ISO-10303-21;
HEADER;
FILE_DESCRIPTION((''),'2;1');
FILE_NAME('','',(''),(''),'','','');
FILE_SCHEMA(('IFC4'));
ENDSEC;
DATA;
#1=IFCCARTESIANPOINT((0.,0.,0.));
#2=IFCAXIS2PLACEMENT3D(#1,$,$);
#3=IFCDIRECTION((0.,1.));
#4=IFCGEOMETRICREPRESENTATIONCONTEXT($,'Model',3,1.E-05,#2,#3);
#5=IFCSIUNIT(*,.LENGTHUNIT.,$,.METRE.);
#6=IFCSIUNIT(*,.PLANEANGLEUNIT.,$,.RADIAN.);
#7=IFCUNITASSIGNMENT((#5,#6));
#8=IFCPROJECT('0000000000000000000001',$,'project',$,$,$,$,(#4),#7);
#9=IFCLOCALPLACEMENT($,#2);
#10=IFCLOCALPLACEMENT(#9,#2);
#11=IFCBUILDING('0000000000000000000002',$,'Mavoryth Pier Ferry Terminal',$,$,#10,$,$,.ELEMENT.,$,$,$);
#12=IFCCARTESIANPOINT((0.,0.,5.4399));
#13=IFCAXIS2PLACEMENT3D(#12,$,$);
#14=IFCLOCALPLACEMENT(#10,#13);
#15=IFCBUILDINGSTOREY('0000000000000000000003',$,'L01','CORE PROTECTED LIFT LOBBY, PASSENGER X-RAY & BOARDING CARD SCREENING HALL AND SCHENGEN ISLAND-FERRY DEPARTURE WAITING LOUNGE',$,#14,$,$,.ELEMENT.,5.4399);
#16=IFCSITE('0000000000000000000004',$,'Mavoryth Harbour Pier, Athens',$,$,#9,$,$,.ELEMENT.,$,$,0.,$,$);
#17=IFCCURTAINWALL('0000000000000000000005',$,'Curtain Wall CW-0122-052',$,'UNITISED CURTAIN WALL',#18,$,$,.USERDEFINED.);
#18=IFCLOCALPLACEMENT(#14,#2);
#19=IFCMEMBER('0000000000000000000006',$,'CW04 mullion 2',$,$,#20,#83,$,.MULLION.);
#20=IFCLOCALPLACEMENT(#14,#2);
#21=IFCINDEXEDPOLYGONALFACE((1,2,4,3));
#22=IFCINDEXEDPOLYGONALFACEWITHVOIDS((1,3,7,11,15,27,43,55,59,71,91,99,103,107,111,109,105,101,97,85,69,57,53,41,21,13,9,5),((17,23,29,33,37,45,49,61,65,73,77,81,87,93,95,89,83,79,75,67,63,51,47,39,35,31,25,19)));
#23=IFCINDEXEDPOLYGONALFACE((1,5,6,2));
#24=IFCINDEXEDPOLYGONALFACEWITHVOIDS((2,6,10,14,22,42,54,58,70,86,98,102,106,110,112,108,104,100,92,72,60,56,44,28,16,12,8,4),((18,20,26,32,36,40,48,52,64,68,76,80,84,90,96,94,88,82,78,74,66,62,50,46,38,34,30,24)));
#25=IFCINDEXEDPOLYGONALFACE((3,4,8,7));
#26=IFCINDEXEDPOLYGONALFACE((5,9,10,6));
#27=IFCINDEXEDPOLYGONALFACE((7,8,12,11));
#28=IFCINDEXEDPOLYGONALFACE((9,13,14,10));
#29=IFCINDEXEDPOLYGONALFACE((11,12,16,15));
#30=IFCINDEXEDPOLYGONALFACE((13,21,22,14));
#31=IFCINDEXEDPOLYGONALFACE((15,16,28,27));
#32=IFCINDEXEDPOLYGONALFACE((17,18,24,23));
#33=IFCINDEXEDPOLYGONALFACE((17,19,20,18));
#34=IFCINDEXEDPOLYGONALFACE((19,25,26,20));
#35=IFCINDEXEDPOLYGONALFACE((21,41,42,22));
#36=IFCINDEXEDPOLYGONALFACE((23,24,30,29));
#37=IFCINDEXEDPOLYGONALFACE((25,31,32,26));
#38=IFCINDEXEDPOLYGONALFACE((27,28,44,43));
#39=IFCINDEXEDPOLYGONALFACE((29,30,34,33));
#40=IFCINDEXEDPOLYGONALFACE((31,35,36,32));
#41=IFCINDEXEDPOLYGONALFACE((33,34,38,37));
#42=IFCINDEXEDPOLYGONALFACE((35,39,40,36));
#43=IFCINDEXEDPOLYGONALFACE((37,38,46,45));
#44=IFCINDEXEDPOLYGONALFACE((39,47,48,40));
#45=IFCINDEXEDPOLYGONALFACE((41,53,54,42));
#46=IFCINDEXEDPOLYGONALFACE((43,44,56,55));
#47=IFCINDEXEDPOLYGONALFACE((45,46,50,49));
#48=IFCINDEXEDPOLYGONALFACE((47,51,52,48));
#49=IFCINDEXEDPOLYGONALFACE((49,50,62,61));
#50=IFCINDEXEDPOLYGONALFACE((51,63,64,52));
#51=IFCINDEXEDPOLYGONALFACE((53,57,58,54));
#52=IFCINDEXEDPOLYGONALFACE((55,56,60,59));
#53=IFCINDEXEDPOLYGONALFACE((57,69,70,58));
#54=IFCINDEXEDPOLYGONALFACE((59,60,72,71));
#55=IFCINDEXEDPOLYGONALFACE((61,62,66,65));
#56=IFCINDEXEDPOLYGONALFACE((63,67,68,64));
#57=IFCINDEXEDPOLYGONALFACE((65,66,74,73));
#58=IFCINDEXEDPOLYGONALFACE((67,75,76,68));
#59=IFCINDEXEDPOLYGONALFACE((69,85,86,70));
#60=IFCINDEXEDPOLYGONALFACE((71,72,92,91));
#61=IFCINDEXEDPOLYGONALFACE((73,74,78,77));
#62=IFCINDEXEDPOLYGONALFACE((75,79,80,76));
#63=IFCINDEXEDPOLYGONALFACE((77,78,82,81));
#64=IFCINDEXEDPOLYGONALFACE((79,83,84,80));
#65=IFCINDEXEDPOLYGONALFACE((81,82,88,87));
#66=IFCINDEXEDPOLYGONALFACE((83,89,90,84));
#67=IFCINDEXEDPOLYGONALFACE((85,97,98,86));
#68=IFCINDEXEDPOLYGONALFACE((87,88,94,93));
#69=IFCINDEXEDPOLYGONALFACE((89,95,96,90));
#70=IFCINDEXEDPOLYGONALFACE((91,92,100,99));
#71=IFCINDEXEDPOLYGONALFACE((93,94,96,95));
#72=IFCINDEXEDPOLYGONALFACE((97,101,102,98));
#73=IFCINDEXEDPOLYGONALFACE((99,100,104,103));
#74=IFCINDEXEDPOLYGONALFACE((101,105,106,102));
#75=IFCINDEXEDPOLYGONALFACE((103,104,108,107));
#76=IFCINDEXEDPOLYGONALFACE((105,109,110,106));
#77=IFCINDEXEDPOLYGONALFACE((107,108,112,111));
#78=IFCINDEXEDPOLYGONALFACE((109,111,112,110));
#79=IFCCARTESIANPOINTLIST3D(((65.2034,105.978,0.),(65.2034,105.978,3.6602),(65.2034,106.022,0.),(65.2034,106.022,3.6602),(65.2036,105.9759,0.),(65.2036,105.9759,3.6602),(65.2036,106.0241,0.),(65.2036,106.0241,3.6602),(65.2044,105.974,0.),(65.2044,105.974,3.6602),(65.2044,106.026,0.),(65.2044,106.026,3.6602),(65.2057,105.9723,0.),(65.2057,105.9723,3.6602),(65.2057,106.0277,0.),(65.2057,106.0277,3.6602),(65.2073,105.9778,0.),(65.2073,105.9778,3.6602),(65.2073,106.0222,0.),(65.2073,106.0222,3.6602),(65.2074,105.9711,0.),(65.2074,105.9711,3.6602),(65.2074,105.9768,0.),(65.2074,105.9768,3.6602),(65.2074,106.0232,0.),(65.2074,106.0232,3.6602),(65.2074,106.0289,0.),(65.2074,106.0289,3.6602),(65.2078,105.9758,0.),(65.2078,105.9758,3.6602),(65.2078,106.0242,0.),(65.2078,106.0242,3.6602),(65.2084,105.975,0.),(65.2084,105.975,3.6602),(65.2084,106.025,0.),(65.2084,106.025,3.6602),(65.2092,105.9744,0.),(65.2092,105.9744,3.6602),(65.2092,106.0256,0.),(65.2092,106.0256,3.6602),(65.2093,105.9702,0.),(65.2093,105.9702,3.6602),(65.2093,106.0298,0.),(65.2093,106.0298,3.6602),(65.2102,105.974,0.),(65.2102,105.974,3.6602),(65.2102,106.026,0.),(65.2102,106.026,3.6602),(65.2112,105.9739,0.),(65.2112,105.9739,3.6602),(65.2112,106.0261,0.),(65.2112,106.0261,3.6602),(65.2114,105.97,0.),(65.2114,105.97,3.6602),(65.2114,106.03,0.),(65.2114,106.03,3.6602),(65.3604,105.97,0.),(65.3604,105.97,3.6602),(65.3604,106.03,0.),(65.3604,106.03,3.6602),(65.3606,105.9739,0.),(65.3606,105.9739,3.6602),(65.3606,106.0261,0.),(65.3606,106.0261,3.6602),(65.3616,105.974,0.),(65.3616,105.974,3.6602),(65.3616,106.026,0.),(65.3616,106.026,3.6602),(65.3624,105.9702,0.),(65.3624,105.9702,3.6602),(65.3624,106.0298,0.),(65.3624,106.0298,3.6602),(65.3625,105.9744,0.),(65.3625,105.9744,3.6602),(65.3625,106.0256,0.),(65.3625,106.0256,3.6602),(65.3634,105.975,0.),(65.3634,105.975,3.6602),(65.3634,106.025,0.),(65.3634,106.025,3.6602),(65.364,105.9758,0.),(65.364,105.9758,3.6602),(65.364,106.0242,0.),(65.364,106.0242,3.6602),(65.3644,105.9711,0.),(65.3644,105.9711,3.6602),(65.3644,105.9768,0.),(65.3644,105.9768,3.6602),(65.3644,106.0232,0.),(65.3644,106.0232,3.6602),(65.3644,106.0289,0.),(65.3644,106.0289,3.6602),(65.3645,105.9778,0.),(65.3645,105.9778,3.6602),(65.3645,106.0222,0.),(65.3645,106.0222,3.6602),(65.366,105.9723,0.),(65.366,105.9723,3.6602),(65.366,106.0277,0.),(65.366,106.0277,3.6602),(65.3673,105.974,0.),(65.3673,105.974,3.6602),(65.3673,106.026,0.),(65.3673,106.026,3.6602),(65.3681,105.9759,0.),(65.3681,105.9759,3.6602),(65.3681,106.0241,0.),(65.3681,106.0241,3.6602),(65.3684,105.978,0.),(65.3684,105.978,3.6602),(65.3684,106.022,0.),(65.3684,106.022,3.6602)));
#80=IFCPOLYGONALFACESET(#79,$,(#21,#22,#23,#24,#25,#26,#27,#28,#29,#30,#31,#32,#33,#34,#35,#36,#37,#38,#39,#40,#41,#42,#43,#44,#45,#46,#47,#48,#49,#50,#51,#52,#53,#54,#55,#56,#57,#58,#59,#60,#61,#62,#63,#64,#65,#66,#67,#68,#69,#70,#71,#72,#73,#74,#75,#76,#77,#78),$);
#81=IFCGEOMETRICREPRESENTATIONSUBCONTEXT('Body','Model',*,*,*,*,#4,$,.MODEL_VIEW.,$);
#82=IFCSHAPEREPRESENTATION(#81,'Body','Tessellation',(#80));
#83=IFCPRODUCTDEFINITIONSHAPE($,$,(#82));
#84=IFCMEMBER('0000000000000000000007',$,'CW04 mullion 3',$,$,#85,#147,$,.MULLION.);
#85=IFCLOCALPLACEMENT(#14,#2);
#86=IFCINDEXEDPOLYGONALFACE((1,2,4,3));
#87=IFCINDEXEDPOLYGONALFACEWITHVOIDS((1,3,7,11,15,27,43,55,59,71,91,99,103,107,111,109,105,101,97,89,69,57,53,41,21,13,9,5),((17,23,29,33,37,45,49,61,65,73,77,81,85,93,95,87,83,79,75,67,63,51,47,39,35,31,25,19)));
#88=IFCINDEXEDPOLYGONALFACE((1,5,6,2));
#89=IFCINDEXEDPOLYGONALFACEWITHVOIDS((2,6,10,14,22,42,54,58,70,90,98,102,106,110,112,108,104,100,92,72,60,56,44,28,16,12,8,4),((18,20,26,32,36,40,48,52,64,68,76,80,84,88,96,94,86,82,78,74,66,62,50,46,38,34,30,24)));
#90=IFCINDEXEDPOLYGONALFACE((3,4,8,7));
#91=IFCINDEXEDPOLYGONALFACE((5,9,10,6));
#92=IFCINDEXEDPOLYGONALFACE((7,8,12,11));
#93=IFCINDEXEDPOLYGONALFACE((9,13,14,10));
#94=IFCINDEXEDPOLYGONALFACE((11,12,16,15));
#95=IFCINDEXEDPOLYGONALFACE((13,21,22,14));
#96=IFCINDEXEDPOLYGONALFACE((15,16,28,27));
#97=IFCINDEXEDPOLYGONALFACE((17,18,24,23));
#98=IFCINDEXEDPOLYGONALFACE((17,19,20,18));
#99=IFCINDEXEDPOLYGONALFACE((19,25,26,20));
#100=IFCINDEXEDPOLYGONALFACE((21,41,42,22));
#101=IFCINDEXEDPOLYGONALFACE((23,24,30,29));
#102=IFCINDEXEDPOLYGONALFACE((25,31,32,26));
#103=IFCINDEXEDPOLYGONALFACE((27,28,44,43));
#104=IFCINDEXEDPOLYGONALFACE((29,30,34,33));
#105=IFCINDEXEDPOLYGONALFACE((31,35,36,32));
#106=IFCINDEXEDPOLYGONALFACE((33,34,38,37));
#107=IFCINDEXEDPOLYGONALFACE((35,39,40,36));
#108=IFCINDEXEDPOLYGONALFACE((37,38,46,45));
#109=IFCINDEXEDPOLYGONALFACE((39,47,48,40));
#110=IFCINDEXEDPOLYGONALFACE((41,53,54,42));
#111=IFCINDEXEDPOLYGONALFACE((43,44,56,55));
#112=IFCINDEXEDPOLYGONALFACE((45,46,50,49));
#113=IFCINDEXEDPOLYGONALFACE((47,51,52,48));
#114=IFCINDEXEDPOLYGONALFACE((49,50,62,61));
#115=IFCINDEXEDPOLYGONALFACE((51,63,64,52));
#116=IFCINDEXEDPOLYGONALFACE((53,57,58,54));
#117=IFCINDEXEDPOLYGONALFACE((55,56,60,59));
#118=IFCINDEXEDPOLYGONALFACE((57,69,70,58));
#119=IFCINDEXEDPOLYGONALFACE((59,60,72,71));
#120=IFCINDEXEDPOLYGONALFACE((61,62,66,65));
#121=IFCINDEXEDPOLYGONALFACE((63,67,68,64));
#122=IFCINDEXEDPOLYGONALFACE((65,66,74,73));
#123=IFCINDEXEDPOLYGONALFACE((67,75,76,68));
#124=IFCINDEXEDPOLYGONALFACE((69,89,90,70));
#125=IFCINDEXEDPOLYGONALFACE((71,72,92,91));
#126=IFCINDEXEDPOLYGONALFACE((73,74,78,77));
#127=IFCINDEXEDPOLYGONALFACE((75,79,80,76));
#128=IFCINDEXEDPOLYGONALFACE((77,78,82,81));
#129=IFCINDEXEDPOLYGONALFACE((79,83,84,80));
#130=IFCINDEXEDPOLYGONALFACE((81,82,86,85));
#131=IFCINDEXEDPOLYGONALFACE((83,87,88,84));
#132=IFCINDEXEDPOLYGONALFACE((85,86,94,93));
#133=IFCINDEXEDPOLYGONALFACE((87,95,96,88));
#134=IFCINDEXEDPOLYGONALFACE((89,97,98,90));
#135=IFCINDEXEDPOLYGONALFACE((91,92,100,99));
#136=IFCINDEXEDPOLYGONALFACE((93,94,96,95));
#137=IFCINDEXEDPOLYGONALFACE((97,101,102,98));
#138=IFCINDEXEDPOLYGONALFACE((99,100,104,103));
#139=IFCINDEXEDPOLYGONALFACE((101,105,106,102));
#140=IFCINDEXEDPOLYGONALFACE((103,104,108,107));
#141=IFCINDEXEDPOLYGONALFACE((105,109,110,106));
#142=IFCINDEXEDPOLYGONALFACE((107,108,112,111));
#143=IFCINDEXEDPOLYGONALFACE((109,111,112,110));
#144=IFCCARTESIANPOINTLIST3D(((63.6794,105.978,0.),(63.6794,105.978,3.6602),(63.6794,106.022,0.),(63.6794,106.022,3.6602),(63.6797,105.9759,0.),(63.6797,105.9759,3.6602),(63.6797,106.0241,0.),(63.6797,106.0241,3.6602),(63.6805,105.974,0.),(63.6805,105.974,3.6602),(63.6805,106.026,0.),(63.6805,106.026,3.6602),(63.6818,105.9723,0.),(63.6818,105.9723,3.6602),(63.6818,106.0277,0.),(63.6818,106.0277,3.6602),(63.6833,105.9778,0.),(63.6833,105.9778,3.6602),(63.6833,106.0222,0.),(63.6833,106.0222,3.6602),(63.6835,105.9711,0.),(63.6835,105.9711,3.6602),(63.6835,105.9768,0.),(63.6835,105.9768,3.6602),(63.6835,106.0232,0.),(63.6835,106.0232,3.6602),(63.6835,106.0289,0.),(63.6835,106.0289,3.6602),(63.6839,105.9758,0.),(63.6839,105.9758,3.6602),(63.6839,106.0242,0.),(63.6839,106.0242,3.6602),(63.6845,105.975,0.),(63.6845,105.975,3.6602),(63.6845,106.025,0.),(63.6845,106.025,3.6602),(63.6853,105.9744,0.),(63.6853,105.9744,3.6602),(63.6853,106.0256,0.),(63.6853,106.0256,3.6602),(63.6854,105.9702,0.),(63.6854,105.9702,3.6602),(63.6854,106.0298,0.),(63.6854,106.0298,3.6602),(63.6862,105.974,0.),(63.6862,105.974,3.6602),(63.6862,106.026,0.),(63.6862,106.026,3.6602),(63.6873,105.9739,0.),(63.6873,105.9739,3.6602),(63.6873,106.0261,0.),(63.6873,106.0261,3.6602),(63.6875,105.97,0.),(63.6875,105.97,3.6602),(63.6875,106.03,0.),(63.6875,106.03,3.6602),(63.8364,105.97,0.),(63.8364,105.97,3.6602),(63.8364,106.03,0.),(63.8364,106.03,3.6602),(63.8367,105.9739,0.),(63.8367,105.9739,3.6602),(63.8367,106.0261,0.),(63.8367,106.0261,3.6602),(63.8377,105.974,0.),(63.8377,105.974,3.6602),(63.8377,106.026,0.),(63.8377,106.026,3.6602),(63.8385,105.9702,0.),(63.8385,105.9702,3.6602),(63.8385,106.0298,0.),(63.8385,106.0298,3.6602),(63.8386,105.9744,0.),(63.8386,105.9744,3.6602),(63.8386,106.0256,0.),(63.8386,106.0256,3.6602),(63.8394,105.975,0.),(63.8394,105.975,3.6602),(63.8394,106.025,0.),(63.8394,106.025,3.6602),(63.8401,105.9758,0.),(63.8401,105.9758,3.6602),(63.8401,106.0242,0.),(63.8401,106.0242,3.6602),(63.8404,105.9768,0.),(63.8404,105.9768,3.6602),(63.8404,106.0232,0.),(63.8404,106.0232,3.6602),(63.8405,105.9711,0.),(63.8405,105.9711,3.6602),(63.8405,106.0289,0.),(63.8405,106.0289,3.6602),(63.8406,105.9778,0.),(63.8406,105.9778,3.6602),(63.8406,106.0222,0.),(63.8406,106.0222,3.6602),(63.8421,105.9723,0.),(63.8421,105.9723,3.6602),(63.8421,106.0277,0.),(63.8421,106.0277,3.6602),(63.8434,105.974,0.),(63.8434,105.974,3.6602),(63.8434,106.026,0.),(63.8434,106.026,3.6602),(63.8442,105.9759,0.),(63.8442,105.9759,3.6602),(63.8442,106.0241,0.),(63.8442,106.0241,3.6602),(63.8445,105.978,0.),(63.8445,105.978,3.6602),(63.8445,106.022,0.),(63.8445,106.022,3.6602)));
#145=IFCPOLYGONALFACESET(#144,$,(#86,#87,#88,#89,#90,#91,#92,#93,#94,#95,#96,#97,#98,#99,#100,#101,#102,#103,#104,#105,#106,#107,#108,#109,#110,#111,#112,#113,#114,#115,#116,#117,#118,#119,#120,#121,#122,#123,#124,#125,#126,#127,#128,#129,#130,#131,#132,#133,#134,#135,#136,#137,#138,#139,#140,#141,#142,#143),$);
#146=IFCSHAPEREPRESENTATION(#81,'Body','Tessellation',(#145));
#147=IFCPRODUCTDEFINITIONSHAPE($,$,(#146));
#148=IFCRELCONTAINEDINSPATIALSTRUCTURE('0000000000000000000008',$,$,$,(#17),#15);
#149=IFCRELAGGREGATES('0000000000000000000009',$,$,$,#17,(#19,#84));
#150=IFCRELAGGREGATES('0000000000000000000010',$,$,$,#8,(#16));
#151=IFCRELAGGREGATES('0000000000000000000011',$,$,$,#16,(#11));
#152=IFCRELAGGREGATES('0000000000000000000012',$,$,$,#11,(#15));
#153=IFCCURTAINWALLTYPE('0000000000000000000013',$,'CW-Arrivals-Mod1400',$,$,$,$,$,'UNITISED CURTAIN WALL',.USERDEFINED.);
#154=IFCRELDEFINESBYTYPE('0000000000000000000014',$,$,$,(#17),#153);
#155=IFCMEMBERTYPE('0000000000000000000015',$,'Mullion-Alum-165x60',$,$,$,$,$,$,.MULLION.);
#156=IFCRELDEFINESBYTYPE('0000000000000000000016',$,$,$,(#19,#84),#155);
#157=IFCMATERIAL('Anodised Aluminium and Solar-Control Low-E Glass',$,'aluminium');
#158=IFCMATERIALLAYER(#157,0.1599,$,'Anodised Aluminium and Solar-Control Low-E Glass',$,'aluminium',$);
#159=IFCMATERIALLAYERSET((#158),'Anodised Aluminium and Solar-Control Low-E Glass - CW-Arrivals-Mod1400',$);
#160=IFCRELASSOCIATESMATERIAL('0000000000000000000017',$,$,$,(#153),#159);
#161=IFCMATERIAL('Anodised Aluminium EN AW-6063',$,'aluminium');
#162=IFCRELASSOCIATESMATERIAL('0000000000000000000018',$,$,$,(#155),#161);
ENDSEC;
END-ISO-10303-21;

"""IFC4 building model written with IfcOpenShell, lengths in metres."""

from ifc_helpers import new_model, si_unit, direction, frame, origin, origin_2d, place, context, subcontext, project, spatial, hollow_rectangle, extrude, material, layer, layer_set, material_profile, profile_set, type_object, element, aggregate, save


model = new_model("IFC4")

# Units and contexts
model_context = context("Model", 3, precision=1e-05, world=origin(), true_north=direction((0.0, 1.0)))
body_context = subcontext(model_context, "Body", "Model", "MODEL_VIEW")
ifc_project = project(units=[si_unit("LENGTHUNIT", "METRE"), si_unit("PLANEANGLEUNIT", "RADIAN")], contexts=[model_context])

# Site, building, storey
site_placement = place(None, origin())
site = spatial("IfcSite", under=ifc_project, at=site_placement, Name="Mavoryth Harbour Pier, Athens", CompositionType="ELEMENT", RefElevation=0.0)
building_placement = place(site_placement, origin())
building = spatial("IfcBuilding", under=site, at=building_placement, Name="Mavoryth Pier Ferry Terminal", CompositionType="ELEMENT")
storey_placement = place(building_placement, frame((0.0, 0.0, 5.4399)))
storey = spatial("IfcBuildingStorey", under=building, at=storey_placement, Name="L01", Description="CORE PROTECTED LIFT LOBBY, PASSENGER X-RAY & BOARDING CARD SCREENING HALL AND SCHENGEN ISLAND-FERRY DEPARTURE WAITING LOUNGE", CompositionType="ELEMENT", Elevation=5.4399)

# Curtain wall, members
ifc_material_1 = material(Name="Anodised Aluminium and Solar-Control Low-E Glass", Category="aluminium")
ifc_layer_1 = layer(ifc_material_1, 0.1599, Name="Anodised Aluminium and Solar-Control Low-E Glass", Category="aluminium")
ifc_layer_set_1 = layer_set([ifc_layer_1], Name="Anodised Aluminium and Solar-Control Low-E Glass - CW-Arrivals-Mod1400")
curtain_wall_type = type_object("IfcCurtainWallType", Name="CW-Arrivals-Mod1400", ElementType="UNITISED CURTAIN WALL", PredefinedType="USERDEFINED", material=ifc_layer_set_1)
curtain_wall_placement = place(storey_placement, origin())
curtain_wall = element("IfcCurtainWall", 1, at=curtain_wall_placement, inside=storey, type_object=curtain_wall_type, Name="Curtain Wall CW-0122-052", ObjectType="UNITISED CURTAIN WALL", PredefinedType="USERDEFINED")
ifc_material_2 = material(Name="Anodised Aluminium EN AW-6063", Category="aluminium")
ifc_material_profile_1 = material_profile(ifc_material_2, hollow_rectangle(XDim=0.0601, YDim=0.165, WallThickness=0.0039, InnerFilletRadius=0.0039, OuterFilletRadius=0.0081, at=origin_2d()), Name="AL-MULL 165x60x4", Category="aluminium")
ifc_profile_set_1 = profile_set([ifc_material_profile_1], Name="Anodised Aluminium EN AW-6063 - AL-MULL 165x60x4")
member_type_1 = type_object("IfcMemberType", Name="Mullion-Alum-165x60", PredefinedType="MULLION", material=ifc_profile_set_1)
member_1_placement = place(storey_placement, frame((65.2859, 106.0, 0.0), z_axis=(0.0, 0.0, 1.0), x_axis=(0.0, -1.0, 0.0)))
member_1 = element("IfcMember", 2, at=member_1_placement, type_object=member_type_1, Name="CW04 mullion 2", PredefinedType="MULLION", context=body_context, shape_type="SweptSolid", body=[
    extrude(hollow_rectangle(XDim=0.0601, YDim=0.165, WallThickness=0.0039, InnerFilletRadius=0.0039, OuterFilletRadius=0.0081, at=origin_2d()), origin(), (0.0, 0.0, 1.0), 3.6602),
])
member_2_placement = place(storey_placement, frame((63.762, 106.0, 0.0), z_axis=(0.0, 0.0, 1.0), x_axis=(0.0, -1.0, 0.0)))
member_2 = element("IfcMember", 3, at=member_2_placement, type_object=member_type_1, Name="CW04 mullion 3", PredefinedType="MULLION", context=body_context, shape_type="SweptSolid", body=[
    extrude(hollow_rectangle(XDim=0.0601, YDim=0.165, WallThickness=0.0039, InnerFilletRadius=0.0039, OuterFilletRadius=0.0081, at=origin_2d()), origin(), (0.0, 0.0, 1.0), 3.6602),
])

aggregate(curtain_wall, [member_1, member_2])

save(model, "model.ifc")
